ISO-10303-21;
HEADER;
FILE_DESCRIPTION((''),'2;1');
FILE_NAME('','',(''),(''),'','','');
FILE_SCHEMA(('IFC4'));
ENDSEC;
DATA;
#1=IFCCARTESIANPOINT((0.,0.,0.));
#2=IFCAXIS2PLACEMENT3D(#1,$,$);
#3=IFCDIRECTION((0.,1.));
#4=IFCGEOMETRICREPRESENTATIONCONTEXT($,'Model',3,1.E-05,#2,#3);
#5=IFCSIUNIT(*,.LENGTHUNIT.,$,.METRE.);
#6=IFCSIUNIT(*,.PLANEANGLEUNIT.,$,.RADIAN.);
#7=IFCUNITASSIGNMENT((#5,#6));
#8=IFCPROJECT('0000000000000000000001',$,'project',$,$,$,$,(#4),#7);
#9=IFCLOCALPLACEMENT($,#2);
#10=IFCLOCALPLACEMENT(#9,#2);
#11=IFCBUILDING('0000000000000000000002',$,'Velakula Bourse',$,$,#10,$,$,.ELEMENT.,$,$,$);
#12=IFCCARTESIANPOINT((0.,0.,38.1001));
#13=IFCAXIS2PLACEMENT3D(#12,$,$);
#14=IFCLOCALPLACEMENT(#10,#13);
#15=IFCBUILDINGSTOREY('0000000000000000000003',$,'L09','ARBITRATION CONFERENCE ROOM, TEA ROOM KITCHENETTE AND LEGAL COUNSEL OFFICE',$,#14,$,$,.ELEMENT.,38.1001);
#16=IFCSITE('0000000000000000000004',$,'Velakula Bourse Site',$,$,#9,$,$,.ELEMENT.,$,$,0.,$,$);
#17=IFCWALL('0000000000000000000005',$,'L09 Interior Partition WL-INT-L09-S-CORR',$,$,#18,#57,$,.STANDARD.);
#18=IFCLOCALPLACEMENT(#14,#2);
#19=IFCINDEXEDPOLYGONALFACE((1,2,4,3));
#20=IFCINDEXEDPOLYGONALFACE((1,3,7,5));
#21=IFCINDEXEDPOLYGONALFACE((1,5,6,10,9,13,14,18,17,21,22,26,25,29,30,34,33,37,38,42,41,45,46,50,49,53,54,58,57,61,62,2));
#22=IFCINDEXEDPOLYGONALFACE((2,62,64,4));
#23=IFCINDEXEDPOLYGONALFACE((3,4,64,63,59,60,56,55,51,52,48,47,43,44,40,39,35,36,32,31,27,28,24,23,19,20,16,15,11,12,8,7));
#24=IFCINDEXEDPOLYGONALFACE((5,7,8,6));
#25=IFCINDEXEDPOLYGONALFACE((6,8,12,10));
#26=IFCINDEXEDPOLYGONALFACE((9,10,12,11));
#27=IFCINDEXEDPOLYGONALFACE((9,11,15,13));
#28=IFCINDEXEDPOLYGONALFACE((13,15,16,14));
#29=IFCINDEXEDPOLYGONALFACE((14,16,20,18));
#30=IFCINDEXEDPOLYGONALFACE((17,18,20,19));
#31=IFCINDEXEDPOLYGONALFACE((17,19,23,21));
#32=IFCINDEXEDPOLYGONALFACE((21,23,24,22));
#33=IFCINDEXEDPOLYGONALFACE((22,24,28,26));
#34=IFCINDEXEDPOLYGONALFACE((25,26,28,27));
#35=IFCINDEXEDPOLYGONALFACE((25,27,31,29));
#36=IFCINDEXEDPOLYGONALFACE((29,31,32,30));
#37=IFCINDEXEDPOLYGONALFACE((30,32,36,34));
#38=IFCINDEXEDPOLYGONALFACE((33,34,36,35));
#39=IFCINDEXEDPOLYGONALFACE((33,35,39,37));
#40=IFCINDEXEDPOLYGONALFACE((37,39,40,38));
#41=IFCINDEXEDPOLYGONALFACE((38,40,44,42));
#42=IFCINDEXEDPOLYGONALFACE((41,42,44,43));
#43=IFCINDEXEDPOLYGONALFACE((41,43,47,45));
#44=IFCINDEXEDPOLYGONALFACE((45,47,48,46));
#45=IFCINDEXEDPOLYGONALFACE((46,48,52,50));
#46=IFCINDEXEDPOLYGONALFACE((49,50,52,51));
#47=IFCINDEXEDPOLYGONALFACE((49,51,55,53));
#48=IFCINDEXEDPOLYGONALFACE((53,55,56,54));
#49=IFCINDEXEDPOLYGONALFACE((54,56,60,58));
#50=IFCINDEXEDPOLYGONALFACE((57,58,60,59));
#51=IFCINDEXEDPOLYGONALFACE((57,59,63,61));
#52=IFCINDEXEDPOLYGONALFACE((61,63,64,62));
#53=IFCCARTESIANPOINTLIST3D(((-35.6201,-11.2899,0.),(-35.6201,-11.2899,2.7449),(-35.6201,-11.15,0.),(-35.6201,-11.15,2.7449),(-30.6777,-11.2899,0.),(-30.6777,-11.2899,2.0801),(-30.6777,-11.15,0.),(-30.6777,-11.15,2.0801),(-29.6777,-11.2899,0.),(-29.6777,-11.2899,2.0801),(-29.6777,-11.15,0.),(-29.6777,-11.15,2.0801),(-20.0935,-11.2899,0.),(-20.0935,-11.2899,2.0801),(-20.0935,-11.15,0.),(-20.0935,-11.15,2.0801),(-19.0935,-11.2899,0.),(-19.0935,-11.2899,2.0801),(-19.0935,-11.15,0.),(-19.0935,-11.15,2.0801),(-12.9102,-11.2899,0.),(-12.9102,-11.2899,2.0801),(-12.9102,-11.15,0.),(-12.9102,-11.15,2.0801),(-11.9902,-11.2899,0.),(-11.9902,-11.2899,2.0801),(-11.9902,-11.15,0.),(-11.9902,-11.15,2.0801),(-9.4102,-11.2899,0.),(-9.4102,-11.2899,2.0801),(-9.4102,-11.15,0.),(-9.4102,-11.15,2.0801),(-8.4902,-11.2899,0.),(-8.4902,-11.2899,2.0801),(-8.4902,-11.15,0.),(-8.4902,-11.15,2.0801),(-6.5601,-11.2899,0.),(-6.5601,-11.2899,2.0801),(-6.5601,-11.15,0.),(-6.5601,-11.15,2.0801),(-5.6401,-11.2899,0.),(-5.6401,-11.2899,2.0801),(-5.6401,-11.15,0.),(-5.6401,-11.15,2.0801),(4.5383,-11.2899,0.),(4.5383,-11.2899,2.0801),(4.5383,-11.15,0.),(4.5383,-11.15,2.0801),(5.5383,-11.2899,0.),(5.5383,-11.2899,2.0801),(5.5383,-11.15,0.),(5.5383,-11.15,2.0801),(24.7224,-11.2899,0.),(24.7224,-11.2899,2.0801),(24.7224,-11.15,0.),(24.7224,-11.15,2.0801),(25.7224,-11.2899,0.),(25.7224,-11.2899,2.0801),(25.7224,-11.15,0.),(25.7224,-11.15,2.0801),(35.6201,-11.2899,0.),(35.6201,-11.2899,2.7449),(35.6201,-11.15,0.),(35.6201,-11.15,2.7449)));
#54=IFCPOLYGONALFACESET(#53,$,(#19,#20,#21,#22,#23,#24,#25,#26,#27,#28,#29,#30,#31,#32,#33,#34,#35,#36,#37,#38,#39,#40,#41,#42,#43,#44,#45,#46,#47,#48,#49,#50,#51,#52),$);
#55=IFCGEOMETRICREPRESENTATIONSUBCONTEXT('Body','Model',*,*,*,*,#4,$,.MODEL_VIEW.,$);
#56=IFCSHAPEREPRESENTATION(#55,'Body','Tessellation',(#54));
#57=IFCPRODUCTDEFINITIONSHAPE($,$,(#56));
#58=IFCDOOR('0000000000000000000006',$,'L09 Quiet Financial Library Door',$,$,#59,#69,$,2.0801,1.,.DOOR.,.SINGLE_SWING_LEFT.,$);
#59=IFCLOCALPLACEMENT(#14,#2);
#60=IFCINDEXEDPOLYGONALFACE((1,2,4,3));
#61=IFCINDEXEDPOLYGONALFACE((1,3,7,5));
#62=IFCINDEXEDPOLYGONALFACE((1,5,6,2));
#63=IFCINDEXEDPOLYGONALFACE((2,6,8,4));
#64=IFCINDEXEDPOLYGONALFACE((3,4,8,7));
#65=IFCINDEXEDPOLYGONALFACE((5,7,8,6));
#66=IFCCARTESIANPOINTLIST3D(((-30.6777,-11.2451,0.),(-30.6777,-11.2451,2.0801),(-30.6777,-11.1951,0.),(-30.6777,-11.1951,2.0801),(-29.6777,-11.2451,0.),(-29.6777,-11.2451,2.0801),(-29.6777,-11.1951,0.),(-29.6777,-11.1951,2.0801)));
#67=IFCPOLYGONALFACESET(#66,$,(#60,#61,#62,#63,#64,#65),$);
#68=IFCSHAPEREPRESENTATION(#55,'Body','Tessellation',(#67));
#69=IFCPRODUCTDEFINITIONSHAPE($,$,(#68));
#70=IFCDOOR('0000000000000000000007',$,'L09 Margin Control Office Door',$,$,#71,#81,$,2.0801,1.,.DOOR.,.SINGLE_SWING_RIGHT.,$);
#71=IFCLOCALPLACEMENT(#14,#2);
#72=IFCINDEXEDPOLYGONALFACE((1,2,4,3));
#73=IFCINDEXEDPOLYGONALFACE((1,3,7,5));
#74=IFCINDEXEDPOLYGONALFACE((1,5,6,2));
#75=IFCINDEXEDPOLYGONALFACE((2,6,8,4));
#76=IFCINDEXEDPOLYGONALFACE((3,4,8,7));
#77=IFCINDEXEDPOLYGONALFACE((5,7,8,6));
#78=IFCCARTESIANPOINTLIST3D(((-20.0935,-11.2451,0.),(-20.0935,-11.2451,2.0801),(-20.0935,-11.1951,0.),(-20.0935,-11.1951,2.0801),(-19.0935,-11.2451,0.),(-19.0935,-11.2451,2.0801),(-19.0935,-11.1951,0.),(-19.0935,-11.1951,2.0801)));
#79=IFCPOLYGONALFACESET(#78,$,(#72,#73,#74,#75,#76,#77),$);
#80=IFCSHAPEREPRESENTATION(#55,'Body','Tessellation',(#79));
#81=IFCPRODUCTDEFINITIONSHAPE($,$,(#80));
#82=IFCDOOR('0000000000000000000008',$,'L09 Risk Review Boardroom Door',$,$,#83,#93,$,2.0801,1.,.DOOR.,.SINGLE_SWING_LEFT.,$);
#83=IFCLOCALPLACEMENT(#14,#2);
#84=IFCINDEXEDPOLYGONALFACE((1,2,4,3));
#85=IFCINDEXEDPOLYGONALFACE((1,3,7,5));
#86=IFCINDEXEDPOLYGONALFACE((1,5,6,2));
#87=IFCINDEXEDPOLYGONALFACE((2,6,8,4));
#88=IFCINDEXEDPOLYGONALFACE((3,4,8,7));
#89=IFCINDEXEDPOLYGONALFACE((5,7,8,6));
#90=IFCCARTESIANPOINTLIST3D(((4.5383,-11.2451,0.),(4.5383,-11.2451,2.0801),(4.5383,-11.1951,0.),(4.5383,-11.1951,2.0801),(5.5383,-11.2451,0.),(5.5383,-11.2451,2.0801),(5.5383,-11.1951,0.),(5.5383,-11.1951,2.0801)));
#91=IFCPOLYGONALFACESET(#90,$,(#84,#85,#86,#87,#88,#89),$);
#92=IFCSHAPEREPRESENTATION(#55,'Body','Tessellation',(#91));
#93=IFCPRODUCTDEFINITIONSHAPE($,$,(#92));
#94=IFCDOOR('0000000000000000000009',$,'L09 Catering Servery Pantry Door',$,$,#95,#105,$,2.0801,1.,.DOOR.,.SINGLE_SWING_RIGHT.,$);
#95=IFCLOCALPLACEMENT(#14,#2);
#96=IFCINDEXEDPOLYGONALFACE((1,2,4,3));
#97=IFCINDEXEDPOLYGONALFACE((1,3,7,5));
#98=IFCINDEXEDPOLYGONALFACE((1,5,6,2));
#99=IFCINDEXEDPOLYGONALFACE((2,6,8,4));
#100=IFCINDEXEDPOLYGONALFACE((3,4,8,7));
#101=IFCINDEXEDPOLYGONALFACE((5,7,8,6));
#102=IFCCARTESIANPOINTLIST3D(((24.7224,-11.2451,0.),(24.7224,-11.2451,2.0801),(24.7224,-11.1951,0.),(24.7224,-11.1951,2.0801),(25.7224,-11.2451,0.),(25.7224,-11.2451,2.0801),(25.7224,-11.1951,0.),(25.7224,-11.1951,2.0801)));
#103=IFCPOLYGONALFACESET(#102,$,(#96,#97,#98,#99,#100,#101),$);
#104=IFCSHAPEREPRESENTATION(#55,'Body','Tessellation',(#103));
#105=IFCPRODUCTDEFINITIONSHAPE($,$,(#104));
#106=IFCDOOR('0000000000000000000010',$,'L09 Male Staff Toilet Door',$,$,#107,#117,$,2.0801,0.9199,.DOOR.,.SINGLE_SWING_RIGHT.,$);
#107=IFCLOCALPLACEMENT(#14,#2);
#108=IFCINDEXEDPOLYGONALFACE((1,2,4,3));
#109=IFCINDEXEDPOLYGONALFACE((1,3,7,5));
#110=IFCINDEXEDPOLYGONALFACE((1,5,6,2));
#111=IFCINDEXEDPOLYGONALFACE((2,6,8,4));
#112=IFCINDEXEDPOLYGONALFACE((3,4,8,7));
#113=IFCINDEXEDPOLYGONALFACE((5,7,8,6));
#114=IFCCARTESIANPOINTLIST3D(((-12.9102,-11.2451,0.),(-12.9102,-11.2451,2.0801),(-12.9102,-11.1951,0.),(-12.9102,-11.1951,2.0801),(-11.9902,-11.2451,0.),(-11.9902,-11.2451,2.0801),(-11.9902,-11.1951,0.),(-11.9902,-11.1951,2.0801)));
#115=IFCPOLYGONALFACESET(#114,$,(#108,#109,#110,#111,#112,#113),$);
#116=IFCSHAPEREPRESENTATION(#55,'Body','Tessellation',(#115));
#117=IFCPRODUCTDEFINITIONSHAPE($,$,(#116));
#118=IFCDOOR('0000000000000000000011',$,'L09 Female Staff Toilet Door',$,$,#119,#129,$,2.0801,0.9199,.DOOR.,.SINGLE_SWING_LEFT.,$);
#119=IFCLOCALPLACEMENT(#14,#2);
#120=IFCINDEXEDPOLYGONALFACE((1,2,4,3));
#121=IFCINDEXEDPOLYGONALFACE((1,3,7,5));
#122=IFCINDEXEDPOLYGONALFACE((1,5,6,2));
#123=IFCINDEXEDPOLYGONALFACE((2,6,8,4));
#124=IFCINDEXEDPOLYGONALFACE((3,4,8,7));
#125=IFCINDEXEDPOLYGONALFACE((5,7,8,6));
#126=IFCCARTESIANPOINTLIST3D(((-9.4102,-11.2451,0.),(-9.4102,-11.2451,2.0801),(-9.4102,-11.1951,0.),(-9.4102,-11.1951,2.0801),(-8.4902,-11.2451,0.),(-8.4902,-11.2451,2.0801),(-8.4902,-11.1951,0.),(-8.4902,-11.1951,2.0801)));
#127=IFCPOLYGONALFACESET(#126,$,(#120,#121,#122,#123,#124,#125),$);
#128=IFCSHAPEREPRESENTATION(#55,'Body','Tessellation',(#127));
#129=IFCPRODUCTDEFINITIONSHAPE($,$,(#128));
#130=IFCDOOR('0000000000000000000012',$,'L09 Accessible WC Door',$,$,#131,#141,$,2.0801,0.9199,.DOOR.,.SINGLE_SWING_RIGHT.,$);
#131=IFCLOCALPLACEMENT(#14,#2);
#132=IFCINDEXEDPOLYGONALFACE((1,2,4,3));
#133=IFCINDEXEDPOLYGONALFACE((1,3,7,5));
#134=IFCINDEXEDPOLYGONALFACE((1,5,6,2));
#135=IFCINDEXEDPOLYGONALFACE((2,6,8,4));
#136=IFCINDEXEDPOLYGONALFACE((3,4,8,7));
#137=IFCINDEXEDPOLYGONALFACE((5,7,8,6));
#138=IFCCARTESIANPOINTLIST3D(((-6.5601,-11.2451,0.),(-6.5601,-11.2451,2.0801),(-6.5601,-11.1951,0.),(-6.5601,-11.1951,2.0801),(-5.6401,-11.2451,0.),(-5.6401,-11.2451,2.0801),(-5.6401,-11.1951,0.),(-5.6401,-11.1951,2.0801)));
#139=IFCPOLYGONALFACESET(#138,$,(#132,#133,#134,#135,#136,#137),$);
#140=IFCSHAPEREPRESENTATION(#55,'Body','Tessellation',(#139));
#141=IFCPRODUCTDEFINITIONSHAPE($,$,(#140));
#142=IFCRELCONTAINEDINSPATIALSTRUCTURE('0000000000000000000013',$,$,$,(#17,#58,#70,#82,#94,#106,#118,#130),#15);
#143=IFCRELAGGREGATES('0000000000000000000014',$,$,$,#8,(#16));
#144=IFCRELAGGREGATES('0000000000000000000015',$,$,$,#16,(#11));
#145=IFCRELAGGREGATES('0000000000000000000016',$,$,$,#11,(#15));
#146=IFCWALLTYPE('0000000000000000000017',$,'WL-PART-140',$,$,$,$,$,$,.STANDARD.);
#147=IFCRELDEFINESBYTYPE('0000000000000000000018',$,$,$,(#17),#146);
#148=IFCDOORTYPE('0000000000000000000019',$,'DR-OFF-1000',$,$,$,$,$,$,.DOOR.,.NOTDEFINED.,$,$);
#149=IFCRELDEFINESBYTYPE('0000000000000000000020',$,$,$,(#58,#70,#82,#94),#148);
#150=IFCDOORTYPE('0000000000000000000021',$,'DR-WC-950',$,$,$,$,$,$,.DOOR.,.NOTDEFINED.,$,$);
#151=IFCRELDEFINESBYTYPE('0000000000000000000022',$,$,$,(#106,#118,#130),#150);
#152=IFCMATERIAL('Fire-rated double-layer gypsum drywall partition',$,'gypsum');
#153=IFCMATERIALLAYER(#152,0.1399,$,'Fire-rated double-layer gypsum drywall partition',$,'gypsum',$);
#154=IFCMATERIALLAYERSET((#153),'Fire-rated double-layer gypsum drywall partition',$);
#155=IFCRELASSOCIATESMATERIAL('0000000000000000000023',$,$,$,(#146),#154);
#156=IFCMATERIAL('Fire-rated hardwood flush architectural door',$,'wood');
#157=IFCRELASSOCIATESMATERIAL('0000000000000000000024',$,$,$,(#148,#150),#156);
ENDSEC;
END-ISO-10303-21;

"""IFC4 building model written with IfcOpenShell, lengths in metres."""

from ifc_helpers import new_model, si_unit, direction, frame, frame_2d, origin, place, context, subcontext, project, spatial, rectangle, extrude, material, layer, layer_set, type_object, element, fill, save


model = new_model("IFC4")

# Units and contexts
model_context = context("Model", 3, precision=1e-05, world=origin(), true_north=direction((0.0, 1.0)))
body_context = subcontext(model_context, "Body", "Model", "MODEL_VIEW")
ifc_project = project(units=[si_unit("LENGTHUNIT", "METRE"), si_unit("PLANEANGLEUNIT", "RADIAN")], contexts=[model_context])

# Site, building, storey
site_placement = place(None, origin())
site = spatial("IfcSite", under=ifc_project, at=site_placement, Name="Velakula Bourse Site", CompositionType="ELEMENT", RefElevation=0.0)
building_placement = place(site_placement, origin())
building = spatial("IfcBuilding", under=site, at=building_placement, Name="Velakula Bourse", CompositionType="ELEMENT")
storey_placement = place(building_placement, frame((0.0, 0.0, 38.1001)))
storey = spatial("IfcBuildingStorey", under=building, at=storey_placement, Name="L09", Description="ARBITRATION CONFERENCE ROOM, TEA ROOM KITCHENETTE AND LEGAL COUNSEL OFFICE", CompositionType="ELEMENT", Elevation=38.1001)

# Wall, openings, doors
ifc_material_1 = material(Name="Fire-rated double-layer gypsum drywall partition", Category="gypsum")
ifc_layer_1 = layer(ifc_material_1, 0.1399, Name="Fire-rated double-layer gypsum drywall partition", Category="gypsum")
ifc_layer_set_1 = layer_set([ifc_layer_1], Name="Fire-rated double-layer gypsum drywall partition")
wall_type_1 = type_object("IfcWallType", Name="WL-PART-140", PredefinedType="STANDARD", material=ifc_layer_set_1)
wall_1_placement = place(storey_placement, frame((-35.6201, -11.22, 0.0), z_axis=(0.0, 0.0, 1.0), x_axis=(1.0, 0.0, 0.0)))
wall_1 = element("IfcWall", 1, at=wall_1_placement, inside=storey, type_object=wall_type_1, Name="L09 Interior Partition WL-INT-L09-S-CORR", PredefinedType="STANDARD", context=body_context, shape_type="SweptSolid", body=[
    extrude(rectangle(XDim=71.2402, YDim=0.1399, at=frame_2d((35.6201, 0.0))), origin(), (0.0, 0.0, 1.0), 2.7449),
])
opening_1_placement = place(wall_1_placement, frame((22.71, 0.0, 0.0)))
opening_1 = element("IfcOpeningElement", 2, at=opening_1_placement, cuts=wall_1, PredefinedType="OPENING", context=body_context, shape_type="SweptSolid", body=[
    extrude(rectangle(XDim=0.9199, YDim=2.0801, at=frame_2d((0.46, 1.04))), frame((0.0, 0.0798, 0.0), z_axis=(0.0, -1.0, 0.0), x_axis=(1.0, 0.0, 0.0)), (0.0, 0.0, 1.0), 0.1599),
])
opening_2_placement = place(wall_1_placement, frame((26.21, 0.0, 0.0)))
opening_2 = element("IfcOpeningElement", 3, at=opening_2_placement, cuts=wall_1, PredefinedType="OPENING", context=body_context, shape_type="SweptSolid", body=[
    extrude(rectangle(XDim=0.9199, YDim=2.0801, at=frame_2d((0.46, 1.04))), frame((0.0, 0.0798, 0.0), z_axis=(0.0, -1.0, 0.0), x_axis=(1.0, 0.0, 0.0)), (0.0, 0.0, 1.0), 0.1599),
])
opening_3_placement = place(wall_1_placement, frame((29.0601, 0.0, 0.0)))
opening_3 = element("IfcOpeningElement", 4, at=opening_3_placement, cuts=wall_1, PredefinedType="OPENING", context=body_context, shape_type="SweptSolid", body=[
    extrude(rectangle(XDim=0.9199, YDim=2.0801, at=frame_2d((0.46, 1.04))), frame((0.0, 0.0798, 0.0), z_axis=(0.0, -1.0, 0.0), x_axis=(1.0, 0.0, 0.0)), (0.0, 0.0, 1.0), 0.1599),
])
opening_4_placement = place(wall_1_placement, frame((4.9424, 0.0, 0.0)))
opening_4 = element("IfcOpeningElement", 5, at=opening_4_placement, cuts=wall_1, PredefinedType="OPENING", context=body_context, shape_type="SweptSolid", body=[
    extrude(rectangle(XDim=1.0, YDim=2.0801, at=frame_2d((0.5, 1.04))), frame((0.0, 0.0798, 0.0), z_axis=(0.0, -1.0, 0.0), x_axis=(1.0, 0.0, 0.0)), (0.0, 0.0, 1.0), 0.1599),
])
opening_5_placement = place(wall_1_placement, frame((15.5266, 0.0, 0.0)))
opening_5 = element("IfcOpeningElement", 6, at=opening_5_placement, cuts=wall_1, PredefinedType="OPENING", context=body_context, shape_type="SweptSolid", body=[
    extrude(rectangle(XDim=1.0, YDim=2.0801, at=frame_2d((0.5, 1.04))), frame((0.0, 0.0798, 0.0), z_axis=(0.0, -1.0, 0.0), x_axis=(1.0, 0.0, 0.0)), (0.0, 0.0, 1.0), 0.1599),
])
opening_6_placement = place(wall_1_placement, frame((40.1584, 0.0, 0.0)))
opening_6 = element("IfcOpeningElement", 7, at=opening_6_placement, cuts=wall_1, PredefinedType="OPENING", context=body_context, shape_type="SweptSolid", body=[
    extrude(rectangle(XDim=1.0, YDim=2.0801, at=frame_2d((0.5, 1.04))), frame((0.0, 0.0798, 0.0), z_axis=(0.0, -1.0, 0.0), x_axis=(1.0, 0.0, 0.0)), (0.0, 0.0, 1.0), 0.1599),
])
opening_7_placement = place(wall_1_placement, frame((60.3425, 0.0, 0.0)))
opening_7 = element("IfcOpeningElement", 8, at=opening_7_placement, cuts=wall_1, PredefinedType="OPENING", context=body_context, shape_type="SweptSolid", body=[
    extrude(rectangle(XDim=1.0, YDim=2.0801, at=frame_2d((0.5, 1.04))), frame((0.0, 0.0798, 0.0), z_axis=(0.0, -1.0, 0.0), x_axis=(1.0, 0.0, 0.0)), (0.0, 0.0, 1.0), 0.1599),
])
ifc_material_2 = material(Name="Fire-rated hardwood flush architectural door", Category="wood")
door_type_1 = type_object("IfcDoorType", Name="DR-OFF-1000", OperationType="NOTDEFINED", PredefinedType="DOOR", material=ifc_material_2)
door_1_placement = place(opening_4_placement, origin())
door_1 = element("IfcDoor", 9, at=door_1_placement, inside=storey, type_object=door_type_1, Name="L09 Quiet Financial Library Door", OperationType="SINGLE_SWING_LEFT", OverallHeight=2.0801, OverallWidth=1.0, PredefinedType="DOOR", context=body_context, shape_type="SweptSolid", body=[
    extrude(rectangle(XDim=1.0, YDim=2.0801, at=frame_2d((0.5, 1.04))), frame((0.0, 0.0249, 0.0), z_axis=(0.0, -1.0, 0.0), x_axis=(1.0, 0.0, 0.0)), (0.0, 0.0, 1.0), 0.05),
])
fill(opening_4, door_1)
door_2_placement = place(opening_5_placement, origin())
door_2 = element("IfcDoor", 10, at=door_2_placement, inside=storey, type_object=door_type_1, Name="L09 Margin Control Office Door", OperationType="SINGLE_SWING_RIGHT", OverallHeight=2.0801, OverallWidth=1.0, PredefinedType="DOOR", context=body_context, shape_type="SweptSolid", body=[
    extrude(rectangle(XDim=1.0, YDim=2.0801, at=frame_2d((0.5, 1.04))), frame((0.0, 0.0249, 0.0), z_axis=(0.0, -1.0, 0.0), x_axis=(1.0, 0.0, 0.0)), (0.0, 0.0, 1.0), 0.05),
])
fill(opening_5, door_2)
door_3_placement = place(opening_6_placement, origin())
door_3 = element("IfcDoor", 11, at=door_3_placement, inside=storey, type_object=door_type_1, Name="L09 Risk Review Boardroom Door", OperationType="SINGLE_SWING_LEFT", OverallHeight=2.0801, OverallWidth=1.0, PredefinedType="DOOR", context=body_context, shape_type="SweptSolid", body=[
    extrude(rectangle(XDim=1.0, YDim=2.0801, at=frame_2d((0.5, 1.04))), frame((0.0, 0.0249, 0.0), z_axis=(0.0, -1.0, 0.0), x_axis=(1.0, 0.0, 0.0)), (0.0, 0.0, 1.0), 0.05),
])
fill(opening_6, door_3)
door_4_placement = place(opening_7_placement, origin())
door_4 = element("IfcDoor", 12, at=door_4_placement, inside=storey, type_object=door_type_1, Name="L09 Catering Servery Pantry Door", OperationType="SINGLE_SWING_RIGHT", OverallHeight=2.0801, OverallWidth=1.0, PredefinedType="DOOR", context=body_context, shape_type="SweptSolid", body=[
    extrude(rectangle(XDim=1.0, YDim=2.0801, at=frame_2d((0.5, 1.04))), frame((0.0, 0.0249, 0.0), z_axis=(0.0, -1.0, 0.0), x_axis=(1.0, 0.0, 0.0)), (0.0, 0.0, 1.0), 0.05),
])
fill(opening_7, door_4)
door_type_2 = type_object("IfcDoorType", Name="DR-WC-950", OperationType="NOTDEFINED", PredefinedType="DOOR", material=ifc_material_2)
door_5_placement = place(opening_1_placement, origin())
door_5 = element("IfcDoor", 13, at=door_5_placement, inside=storey, type_object=door_type_2, Name="L09 Male Staff Toilet Door", OperationType="SINGLE_SWING_RIGHT", OverallHeight=2.0801, OverallWidth=0.9199, PredefinedType="DOOR", context=body_context, shape_type="SweptSolid", body=[
    extrude(rectangle(XDim=0.9199, YDim=2.0801, at=frame_2d((0.46, 1.04))), frame((0.0, 0.0249, 0.0), z_axis=(0.0, -1.0, 0.0), x_axis=(1.0, 0.0, 0.0)), (0.0, 0.0, 1.0), 0.05),
])
fill(opening_1, door_5)
door_6_placement = place(opening_2_placement, origin())
door_6 = element("IfcDoor", 14, at=door_6_placement, inside=storey, type_object=door_type_2, Name="L09 Female Staff Toilet Door", OperationType="SINGLE_SWING_LEFT", OverallHeight=2.0801, OverallWidth=0.9199, PredefinedType="DOOR", context=body_context, shape_type="SweptSolid", body=[
    extrude(rectangle(XDim=0.9199, YDim=2.0801, at=frame_2d((0.46, 1.04))), frame((0.0, 0.0249, 0.0), z_axis=(0.0, -1.0, 0.0), x_axis=(1.0, 0.0, 0.0)), (0.0, 0.0, 1.0), 0.05),
])
fill(opening_2, door_6)
door_7_placement = place(opening_3_placement, origin())
door_7 = element("IfcDoor", 15, at=door_7_placement, inside=storey, type_object=door_type_2, Name="L09 Accessible WC Door", OperationType="SINGLE_SWING_RIGHT", OverallHeight=2.0801, OverallWidth=0.9199, PredefinedType="DOOR", context=body_context, shape_type="SweptSolid", body=[
    extrude(rectangle(XDim=0.9199, YDim=2.0801, at=frame_2d((0.46, 1.04))), frame((0.0, 0.0249, 0.0), z_axis=(0.0, -1.0, 0.0), x_axis=(1.0, 0.0, 0.0)), (0.0, 0.0, 1.0), 0.05),
])
fill(opening_3, door_7)

save(model, "model.ifc")
